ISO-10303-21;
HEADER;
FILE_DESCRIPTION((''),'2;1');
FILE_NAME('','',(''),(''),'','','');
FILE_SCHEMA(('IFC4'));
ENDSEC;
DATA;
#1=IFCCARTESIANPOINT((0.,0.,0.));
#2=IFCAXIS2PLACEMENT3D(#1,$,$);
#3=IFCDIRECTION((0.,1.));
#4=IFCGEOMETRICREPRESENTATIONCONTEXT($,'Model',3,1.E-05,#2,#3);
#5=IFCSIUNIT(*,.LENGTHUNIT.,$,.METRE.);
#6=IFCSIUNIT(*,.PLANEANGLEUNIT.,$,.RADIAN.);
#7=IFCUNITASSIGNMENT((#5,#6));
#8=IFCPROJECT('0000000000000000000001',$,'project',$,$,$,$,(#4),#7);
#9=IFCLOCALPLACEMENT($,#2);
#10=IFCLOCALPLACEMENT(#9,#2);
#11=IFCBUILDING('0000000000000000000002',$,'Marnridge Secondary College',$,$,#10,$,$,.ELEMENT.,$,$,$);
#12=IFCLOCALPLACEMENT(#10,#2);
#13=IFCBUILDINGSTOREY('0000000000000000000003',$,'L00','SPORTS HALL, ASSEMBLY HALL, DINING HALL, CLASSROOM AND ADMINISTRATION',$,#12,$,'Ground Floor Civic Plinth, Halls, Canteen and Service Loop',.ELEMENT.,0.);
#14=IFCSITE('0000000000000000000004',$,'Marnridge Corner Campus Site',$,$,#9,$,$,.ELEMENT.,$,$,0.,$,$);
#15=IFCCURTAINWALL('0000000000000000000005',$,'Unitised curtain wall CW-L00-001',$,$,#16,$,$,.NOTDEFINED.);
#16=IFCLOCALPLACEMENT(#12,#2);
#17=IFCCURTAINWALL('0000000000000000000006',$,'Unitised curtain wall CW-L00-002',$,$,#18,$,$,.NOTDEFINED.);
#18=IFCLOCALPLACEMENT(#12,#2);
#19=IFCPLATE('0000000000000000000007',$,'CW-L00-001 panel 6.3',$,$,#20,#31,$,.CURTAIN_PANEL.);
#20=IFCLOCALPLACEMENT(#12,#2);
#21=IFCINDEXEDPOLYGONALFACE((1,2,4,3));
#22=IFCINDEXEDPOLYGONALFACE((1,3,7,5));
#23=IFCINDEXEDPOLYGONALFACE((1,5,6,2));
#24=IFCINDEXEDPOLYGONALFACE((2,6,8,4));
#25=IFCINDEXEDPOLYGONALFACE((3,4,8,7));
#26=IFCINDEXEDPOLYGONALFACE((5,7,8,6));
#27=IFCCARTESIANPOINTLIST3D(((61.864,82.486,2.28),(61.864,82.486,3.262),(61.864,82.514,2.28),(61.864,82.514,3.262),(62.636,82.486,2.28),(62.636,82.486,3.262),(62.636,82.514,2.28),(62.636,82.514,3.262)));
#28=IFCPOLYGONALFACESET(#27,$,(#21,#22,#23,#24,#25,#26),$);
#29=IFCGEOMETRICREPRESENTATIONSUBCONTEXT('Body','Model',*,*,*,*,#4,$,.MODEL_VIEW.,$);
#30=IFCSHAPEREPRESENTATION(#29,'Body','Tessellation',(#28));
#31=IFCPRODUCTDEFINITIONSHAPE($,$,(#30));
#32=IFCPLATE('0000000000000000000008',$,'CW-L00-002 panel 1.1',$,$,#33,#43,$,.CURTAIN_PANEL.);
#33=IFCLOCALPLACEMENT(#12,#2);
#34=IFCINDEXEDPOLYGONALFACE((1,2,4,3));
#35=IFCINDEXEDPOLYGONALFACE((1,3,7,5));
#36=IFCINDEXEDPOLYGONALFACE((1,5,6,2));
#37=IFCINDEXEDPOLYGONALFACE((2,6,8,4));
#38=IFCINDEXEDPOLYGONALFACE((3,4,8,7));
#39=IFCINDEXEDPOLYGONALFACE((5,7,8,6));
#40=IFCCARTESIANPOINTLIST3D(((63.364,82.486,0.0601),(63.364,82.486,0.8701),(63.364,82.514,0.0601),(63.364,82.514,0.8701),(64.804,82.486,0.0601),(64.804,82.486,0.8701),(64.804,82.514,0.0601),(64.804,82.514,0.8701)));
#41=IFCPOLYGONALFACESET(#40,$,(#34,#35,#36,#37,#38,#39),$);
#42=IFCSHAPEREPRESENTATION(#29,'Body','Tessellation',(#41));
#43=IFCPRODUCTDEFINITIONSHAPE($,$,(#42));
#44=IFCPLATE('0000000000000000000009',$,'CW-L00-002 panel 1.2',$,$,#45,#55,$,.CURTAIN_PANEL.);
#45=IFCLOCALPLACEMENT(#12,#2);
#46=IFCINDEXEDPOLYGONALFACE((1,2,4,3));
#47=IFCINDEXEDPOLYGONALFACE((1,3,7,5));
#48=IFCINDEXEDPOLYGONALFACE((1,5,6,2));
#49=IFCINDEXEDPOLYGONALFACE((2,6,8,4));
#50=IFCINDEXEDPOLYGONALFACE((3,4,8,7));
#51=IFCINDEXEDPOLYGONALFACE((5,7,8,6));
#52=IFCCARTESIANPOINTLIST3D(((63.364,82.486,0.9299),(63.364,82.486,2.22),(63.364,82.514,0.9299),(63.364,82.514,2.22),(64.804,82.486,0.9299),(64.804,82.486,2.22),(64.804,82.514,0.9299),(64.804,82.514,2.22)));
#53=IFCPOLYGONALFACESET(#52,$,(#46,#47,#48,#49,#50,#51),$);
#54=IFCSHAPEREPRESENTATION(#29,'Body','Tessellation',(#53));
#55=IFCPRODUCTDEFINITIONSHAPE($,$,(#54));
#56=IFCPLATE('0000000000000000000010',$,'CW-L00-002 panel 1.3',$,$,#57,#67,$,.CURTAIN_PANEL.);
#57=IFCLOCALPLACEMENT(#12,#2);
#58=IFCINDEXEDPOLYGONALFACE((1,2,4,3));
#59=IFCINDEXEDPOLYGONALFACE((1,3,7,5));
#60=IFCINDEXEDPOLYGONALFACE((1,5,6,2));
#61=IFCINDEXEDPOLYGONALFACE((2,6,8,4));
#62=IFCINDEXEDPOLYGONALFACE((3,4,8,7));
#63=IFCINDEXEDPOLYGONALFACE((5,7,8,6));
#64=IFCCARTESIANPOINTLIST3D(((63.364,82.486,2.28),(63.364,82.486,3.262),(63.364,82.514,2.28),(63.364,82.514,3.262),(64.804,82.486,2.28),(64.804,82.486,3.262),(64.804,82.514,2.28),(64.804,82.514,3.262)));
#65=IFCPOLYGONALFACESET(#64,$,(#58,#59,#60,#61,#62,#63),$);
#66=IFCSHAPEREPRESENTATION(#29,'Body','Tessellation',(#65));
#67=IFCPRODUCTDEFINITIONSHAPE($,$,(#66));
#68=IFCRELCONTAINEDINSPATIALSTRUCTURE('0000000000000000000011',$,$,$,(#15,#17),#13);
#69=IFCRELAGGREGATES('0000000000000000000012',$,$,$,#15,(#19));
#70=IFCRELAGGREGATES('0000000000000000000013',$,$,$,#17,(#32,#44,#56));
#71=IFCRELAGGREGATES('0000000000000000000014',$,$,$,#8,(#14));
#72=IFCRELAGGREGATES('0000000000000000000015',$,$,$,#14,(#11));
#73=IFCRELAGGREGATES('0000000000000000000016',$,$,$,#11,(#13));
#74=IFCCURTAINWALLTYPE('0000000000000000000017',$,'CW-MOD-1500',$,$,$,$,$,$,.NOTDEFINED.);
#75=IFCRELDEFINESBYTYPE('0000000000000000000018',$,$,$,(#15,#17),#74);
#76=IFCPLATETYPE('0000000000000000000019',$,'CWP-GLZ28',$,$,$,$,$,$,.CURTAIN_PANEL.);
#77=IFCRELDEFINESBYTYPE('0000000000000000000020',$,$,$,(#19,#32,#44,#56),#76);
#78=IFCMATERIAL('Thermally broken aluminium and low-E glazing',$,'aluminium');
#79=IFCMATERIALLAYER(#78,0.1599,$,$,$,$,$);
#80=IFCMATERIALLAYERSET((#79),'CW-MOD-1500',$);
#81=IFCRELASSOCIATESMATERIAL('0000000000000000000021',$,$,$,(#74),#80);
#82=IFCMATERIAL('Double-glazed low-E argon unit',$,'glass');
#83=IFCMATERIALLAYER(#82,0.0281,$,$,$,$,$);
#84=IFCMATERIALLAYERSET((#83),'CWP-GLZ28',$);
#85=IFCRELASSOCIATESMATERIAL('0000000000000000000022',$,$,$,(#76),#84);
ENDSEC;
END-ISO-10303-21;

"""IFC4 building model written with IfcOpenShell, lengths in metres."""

from ifc_helpers import new_model, si_unit, direction, frame, origin, origin_2d, place, context, subcontext, project, spatial, rectangle, extrude, material, layer, layer_set, type_object, element, aggregate, save


model = new_model("IFC4")

# Units and contexts
model_context = context("Model", 3, precision=1e-05, world=origin(), true_north=direction((0.0, 1.0)))
body_context = subcontext(model_context, "Body", "Model", "MODEL_VIEW")
ifc_project = project(units=[si_unit("LENGTHUNIT", "METRE"), si_unit("PLANEANGLEUNIT", "RADIAN")], contexts=[model_context])

# Site, building, storey
site_placement = place(None, origin())
site = spatial("IfcSite", under=ifc_project, at=site_placement, Name="Marnridge Corner Campus Site", CompositionType="ELEMENT", RefElevation=0.0)
building_placement = place(site_placement, origin())
building = spatial("IfcBuilding", under=site, at=building_placement, Name="Marnridge Secondary College", CompositionType="ELEMENT")
storey_placement = place(building_placement, origin())
storey = spatial("IfcBuildingStorey", under=building, at=storey_placement, Name="L00", Description="SPORTS HALL, ASSEMBLY HALL, DINING HALL, CLASSROOM AND ADMINISTRATION", LongName="Ground Floor Civic Plinth, Halls, Canteen and Service Loop", CompositionType="ELEMENT", Elevation=0.0)

# Curtain wall
ifc_material_1 = material(Name="Thermally broken aluminium and low-E glazing", Category="aluminium")
ifc_layer_1 = layer(ifc_material_1, 0.1599)
ifc_layer_set_1 = layer_set([ifc_layer_1], Name="CW-MOD-1500")
curtain_wall_type = type_object("IfcCurtainWallType", Name="CW-MOD-1500", PredefinedType="NOTDEFINED", material=ifc_layer_set_1)
curtain_wall_1_placement = place(storey_placement, origin())
curtain_wall_1 = element("IfcCurtainWall", 1, at=curtain_wall_1_placement, inside=storey, type_object=curtain_wall_type, Name="Unitised curtain wall CW-L00-001", PredefinedType="NOTDEFINED")

# Curtain wall
curtain_wall_2_placement = place(storey_placement, origin())
curtain_wall_2 = element("IfcCurtainWall", 2, at=curtain_wall_2_placement, inside=storey, type_object=curtain_wall_type, Name="Unitised curtain wall CW-L00-002", PredefinedType="NOTDEFINED")

# Plates
ifc_material_2 = material(Name="Double-glazed low-E argon unit", Category="glass")
ifc_layer_2 = layer(ifc_material_2, 0.0281)
ifc_layer_set_2 = layer_set([ifc_layer_2], Name="CWP-GLZ28")
plate_type = type_object("IfcPlateType", Name="CWP-GLZ28", PredefinedType="CURTAIN_PANEL", material=ifc_layer_set_2)
plate_1_placement = place(storey_placement, frame((62.25, 82.5, 2.28), z_axis=(0.0, 0.0, 1.0), x_axis=(1.0, 0.0, 0.0)))
plate_1 = element("IfcPlate", 3, at=plate_1_placement, type_object=plate_type, Name="CW-L00-001 panel 6.3", PredefinedType="CURTAIN_PANEL", context=body_context, shape_type="SweptSolid", body=[
    extrude(rectangle(XDim=0.772, YDim=0.0281, at=origin_2d()), origin(), (0.0, 0.0, 1.0), 0.9819),
])
aggregate(curtain_wall_1, [plate_1])
plate_2_placement = place(storey_placement, frame((64.084, 82.5, 0.0601), z_axis=(0.0, 0.0, 1.0), x_axis=(1.0, 0.0, 0.0)))
plate_2 = element("IfcPlate", 4, at=plate_2_placement, type_object=plate_type, Name="CW-L00-002 panel 1.1", PredefinedType="CURTAIN_PANEL", context=body_context, shape_type="SweptSolid", body=[
    extrude(rectangle(XDim=1.4399, YDim=0.0281, at=origin_2d()), origin(), (0.0, 0.0, 1.0), 0.8101),
])
plate_3_placement = place(storey_placement, frame((64.084, 82.5, 0.9299), z_axis=(0.0, 0.0, 1.0), x_axis=(1.0, 0.0, 0.0)))
plate_3 = element("IfcPlate", 5, at=plate_3_placement, type_object=plate_type, Name="CW-L00-002 panel 1.2", PredefinedType="CURTAIN_PANEL", context=body_context, shape_type="SweptSolid", body=[
    extrude(rectangle(XDim=1.4399, YDim=0.0281, at=origin_2d()), origin(), (0.0, 0.0, 1.0), 1.29),
])
plate_4_placement = place(storey_placement, frame((64.084, 82.5, 2.28), z_axis=(0.0, 0.0, 1.0), x_axis=(1.0, 0.0, 0.0)))
plate_4 = element("IfcPlate", 6, at=plate_4_placement, type_object=plate_type, Name="CW-L00-002 panel 1.3", PredefinedType="CURTAIN_PANEL", context=body_context, shape_type="SweptSolid", body=[
    extrude(rectangle(XDim=1.4399, YDim=0.0281, at=origin_2d()), origin(), (0.0, 0.0, 1.0), 0.9819),
])
aggregate(curtain_wall_2, [plate_2, plate_3, plate_4])

save(model, "model.ifc")
